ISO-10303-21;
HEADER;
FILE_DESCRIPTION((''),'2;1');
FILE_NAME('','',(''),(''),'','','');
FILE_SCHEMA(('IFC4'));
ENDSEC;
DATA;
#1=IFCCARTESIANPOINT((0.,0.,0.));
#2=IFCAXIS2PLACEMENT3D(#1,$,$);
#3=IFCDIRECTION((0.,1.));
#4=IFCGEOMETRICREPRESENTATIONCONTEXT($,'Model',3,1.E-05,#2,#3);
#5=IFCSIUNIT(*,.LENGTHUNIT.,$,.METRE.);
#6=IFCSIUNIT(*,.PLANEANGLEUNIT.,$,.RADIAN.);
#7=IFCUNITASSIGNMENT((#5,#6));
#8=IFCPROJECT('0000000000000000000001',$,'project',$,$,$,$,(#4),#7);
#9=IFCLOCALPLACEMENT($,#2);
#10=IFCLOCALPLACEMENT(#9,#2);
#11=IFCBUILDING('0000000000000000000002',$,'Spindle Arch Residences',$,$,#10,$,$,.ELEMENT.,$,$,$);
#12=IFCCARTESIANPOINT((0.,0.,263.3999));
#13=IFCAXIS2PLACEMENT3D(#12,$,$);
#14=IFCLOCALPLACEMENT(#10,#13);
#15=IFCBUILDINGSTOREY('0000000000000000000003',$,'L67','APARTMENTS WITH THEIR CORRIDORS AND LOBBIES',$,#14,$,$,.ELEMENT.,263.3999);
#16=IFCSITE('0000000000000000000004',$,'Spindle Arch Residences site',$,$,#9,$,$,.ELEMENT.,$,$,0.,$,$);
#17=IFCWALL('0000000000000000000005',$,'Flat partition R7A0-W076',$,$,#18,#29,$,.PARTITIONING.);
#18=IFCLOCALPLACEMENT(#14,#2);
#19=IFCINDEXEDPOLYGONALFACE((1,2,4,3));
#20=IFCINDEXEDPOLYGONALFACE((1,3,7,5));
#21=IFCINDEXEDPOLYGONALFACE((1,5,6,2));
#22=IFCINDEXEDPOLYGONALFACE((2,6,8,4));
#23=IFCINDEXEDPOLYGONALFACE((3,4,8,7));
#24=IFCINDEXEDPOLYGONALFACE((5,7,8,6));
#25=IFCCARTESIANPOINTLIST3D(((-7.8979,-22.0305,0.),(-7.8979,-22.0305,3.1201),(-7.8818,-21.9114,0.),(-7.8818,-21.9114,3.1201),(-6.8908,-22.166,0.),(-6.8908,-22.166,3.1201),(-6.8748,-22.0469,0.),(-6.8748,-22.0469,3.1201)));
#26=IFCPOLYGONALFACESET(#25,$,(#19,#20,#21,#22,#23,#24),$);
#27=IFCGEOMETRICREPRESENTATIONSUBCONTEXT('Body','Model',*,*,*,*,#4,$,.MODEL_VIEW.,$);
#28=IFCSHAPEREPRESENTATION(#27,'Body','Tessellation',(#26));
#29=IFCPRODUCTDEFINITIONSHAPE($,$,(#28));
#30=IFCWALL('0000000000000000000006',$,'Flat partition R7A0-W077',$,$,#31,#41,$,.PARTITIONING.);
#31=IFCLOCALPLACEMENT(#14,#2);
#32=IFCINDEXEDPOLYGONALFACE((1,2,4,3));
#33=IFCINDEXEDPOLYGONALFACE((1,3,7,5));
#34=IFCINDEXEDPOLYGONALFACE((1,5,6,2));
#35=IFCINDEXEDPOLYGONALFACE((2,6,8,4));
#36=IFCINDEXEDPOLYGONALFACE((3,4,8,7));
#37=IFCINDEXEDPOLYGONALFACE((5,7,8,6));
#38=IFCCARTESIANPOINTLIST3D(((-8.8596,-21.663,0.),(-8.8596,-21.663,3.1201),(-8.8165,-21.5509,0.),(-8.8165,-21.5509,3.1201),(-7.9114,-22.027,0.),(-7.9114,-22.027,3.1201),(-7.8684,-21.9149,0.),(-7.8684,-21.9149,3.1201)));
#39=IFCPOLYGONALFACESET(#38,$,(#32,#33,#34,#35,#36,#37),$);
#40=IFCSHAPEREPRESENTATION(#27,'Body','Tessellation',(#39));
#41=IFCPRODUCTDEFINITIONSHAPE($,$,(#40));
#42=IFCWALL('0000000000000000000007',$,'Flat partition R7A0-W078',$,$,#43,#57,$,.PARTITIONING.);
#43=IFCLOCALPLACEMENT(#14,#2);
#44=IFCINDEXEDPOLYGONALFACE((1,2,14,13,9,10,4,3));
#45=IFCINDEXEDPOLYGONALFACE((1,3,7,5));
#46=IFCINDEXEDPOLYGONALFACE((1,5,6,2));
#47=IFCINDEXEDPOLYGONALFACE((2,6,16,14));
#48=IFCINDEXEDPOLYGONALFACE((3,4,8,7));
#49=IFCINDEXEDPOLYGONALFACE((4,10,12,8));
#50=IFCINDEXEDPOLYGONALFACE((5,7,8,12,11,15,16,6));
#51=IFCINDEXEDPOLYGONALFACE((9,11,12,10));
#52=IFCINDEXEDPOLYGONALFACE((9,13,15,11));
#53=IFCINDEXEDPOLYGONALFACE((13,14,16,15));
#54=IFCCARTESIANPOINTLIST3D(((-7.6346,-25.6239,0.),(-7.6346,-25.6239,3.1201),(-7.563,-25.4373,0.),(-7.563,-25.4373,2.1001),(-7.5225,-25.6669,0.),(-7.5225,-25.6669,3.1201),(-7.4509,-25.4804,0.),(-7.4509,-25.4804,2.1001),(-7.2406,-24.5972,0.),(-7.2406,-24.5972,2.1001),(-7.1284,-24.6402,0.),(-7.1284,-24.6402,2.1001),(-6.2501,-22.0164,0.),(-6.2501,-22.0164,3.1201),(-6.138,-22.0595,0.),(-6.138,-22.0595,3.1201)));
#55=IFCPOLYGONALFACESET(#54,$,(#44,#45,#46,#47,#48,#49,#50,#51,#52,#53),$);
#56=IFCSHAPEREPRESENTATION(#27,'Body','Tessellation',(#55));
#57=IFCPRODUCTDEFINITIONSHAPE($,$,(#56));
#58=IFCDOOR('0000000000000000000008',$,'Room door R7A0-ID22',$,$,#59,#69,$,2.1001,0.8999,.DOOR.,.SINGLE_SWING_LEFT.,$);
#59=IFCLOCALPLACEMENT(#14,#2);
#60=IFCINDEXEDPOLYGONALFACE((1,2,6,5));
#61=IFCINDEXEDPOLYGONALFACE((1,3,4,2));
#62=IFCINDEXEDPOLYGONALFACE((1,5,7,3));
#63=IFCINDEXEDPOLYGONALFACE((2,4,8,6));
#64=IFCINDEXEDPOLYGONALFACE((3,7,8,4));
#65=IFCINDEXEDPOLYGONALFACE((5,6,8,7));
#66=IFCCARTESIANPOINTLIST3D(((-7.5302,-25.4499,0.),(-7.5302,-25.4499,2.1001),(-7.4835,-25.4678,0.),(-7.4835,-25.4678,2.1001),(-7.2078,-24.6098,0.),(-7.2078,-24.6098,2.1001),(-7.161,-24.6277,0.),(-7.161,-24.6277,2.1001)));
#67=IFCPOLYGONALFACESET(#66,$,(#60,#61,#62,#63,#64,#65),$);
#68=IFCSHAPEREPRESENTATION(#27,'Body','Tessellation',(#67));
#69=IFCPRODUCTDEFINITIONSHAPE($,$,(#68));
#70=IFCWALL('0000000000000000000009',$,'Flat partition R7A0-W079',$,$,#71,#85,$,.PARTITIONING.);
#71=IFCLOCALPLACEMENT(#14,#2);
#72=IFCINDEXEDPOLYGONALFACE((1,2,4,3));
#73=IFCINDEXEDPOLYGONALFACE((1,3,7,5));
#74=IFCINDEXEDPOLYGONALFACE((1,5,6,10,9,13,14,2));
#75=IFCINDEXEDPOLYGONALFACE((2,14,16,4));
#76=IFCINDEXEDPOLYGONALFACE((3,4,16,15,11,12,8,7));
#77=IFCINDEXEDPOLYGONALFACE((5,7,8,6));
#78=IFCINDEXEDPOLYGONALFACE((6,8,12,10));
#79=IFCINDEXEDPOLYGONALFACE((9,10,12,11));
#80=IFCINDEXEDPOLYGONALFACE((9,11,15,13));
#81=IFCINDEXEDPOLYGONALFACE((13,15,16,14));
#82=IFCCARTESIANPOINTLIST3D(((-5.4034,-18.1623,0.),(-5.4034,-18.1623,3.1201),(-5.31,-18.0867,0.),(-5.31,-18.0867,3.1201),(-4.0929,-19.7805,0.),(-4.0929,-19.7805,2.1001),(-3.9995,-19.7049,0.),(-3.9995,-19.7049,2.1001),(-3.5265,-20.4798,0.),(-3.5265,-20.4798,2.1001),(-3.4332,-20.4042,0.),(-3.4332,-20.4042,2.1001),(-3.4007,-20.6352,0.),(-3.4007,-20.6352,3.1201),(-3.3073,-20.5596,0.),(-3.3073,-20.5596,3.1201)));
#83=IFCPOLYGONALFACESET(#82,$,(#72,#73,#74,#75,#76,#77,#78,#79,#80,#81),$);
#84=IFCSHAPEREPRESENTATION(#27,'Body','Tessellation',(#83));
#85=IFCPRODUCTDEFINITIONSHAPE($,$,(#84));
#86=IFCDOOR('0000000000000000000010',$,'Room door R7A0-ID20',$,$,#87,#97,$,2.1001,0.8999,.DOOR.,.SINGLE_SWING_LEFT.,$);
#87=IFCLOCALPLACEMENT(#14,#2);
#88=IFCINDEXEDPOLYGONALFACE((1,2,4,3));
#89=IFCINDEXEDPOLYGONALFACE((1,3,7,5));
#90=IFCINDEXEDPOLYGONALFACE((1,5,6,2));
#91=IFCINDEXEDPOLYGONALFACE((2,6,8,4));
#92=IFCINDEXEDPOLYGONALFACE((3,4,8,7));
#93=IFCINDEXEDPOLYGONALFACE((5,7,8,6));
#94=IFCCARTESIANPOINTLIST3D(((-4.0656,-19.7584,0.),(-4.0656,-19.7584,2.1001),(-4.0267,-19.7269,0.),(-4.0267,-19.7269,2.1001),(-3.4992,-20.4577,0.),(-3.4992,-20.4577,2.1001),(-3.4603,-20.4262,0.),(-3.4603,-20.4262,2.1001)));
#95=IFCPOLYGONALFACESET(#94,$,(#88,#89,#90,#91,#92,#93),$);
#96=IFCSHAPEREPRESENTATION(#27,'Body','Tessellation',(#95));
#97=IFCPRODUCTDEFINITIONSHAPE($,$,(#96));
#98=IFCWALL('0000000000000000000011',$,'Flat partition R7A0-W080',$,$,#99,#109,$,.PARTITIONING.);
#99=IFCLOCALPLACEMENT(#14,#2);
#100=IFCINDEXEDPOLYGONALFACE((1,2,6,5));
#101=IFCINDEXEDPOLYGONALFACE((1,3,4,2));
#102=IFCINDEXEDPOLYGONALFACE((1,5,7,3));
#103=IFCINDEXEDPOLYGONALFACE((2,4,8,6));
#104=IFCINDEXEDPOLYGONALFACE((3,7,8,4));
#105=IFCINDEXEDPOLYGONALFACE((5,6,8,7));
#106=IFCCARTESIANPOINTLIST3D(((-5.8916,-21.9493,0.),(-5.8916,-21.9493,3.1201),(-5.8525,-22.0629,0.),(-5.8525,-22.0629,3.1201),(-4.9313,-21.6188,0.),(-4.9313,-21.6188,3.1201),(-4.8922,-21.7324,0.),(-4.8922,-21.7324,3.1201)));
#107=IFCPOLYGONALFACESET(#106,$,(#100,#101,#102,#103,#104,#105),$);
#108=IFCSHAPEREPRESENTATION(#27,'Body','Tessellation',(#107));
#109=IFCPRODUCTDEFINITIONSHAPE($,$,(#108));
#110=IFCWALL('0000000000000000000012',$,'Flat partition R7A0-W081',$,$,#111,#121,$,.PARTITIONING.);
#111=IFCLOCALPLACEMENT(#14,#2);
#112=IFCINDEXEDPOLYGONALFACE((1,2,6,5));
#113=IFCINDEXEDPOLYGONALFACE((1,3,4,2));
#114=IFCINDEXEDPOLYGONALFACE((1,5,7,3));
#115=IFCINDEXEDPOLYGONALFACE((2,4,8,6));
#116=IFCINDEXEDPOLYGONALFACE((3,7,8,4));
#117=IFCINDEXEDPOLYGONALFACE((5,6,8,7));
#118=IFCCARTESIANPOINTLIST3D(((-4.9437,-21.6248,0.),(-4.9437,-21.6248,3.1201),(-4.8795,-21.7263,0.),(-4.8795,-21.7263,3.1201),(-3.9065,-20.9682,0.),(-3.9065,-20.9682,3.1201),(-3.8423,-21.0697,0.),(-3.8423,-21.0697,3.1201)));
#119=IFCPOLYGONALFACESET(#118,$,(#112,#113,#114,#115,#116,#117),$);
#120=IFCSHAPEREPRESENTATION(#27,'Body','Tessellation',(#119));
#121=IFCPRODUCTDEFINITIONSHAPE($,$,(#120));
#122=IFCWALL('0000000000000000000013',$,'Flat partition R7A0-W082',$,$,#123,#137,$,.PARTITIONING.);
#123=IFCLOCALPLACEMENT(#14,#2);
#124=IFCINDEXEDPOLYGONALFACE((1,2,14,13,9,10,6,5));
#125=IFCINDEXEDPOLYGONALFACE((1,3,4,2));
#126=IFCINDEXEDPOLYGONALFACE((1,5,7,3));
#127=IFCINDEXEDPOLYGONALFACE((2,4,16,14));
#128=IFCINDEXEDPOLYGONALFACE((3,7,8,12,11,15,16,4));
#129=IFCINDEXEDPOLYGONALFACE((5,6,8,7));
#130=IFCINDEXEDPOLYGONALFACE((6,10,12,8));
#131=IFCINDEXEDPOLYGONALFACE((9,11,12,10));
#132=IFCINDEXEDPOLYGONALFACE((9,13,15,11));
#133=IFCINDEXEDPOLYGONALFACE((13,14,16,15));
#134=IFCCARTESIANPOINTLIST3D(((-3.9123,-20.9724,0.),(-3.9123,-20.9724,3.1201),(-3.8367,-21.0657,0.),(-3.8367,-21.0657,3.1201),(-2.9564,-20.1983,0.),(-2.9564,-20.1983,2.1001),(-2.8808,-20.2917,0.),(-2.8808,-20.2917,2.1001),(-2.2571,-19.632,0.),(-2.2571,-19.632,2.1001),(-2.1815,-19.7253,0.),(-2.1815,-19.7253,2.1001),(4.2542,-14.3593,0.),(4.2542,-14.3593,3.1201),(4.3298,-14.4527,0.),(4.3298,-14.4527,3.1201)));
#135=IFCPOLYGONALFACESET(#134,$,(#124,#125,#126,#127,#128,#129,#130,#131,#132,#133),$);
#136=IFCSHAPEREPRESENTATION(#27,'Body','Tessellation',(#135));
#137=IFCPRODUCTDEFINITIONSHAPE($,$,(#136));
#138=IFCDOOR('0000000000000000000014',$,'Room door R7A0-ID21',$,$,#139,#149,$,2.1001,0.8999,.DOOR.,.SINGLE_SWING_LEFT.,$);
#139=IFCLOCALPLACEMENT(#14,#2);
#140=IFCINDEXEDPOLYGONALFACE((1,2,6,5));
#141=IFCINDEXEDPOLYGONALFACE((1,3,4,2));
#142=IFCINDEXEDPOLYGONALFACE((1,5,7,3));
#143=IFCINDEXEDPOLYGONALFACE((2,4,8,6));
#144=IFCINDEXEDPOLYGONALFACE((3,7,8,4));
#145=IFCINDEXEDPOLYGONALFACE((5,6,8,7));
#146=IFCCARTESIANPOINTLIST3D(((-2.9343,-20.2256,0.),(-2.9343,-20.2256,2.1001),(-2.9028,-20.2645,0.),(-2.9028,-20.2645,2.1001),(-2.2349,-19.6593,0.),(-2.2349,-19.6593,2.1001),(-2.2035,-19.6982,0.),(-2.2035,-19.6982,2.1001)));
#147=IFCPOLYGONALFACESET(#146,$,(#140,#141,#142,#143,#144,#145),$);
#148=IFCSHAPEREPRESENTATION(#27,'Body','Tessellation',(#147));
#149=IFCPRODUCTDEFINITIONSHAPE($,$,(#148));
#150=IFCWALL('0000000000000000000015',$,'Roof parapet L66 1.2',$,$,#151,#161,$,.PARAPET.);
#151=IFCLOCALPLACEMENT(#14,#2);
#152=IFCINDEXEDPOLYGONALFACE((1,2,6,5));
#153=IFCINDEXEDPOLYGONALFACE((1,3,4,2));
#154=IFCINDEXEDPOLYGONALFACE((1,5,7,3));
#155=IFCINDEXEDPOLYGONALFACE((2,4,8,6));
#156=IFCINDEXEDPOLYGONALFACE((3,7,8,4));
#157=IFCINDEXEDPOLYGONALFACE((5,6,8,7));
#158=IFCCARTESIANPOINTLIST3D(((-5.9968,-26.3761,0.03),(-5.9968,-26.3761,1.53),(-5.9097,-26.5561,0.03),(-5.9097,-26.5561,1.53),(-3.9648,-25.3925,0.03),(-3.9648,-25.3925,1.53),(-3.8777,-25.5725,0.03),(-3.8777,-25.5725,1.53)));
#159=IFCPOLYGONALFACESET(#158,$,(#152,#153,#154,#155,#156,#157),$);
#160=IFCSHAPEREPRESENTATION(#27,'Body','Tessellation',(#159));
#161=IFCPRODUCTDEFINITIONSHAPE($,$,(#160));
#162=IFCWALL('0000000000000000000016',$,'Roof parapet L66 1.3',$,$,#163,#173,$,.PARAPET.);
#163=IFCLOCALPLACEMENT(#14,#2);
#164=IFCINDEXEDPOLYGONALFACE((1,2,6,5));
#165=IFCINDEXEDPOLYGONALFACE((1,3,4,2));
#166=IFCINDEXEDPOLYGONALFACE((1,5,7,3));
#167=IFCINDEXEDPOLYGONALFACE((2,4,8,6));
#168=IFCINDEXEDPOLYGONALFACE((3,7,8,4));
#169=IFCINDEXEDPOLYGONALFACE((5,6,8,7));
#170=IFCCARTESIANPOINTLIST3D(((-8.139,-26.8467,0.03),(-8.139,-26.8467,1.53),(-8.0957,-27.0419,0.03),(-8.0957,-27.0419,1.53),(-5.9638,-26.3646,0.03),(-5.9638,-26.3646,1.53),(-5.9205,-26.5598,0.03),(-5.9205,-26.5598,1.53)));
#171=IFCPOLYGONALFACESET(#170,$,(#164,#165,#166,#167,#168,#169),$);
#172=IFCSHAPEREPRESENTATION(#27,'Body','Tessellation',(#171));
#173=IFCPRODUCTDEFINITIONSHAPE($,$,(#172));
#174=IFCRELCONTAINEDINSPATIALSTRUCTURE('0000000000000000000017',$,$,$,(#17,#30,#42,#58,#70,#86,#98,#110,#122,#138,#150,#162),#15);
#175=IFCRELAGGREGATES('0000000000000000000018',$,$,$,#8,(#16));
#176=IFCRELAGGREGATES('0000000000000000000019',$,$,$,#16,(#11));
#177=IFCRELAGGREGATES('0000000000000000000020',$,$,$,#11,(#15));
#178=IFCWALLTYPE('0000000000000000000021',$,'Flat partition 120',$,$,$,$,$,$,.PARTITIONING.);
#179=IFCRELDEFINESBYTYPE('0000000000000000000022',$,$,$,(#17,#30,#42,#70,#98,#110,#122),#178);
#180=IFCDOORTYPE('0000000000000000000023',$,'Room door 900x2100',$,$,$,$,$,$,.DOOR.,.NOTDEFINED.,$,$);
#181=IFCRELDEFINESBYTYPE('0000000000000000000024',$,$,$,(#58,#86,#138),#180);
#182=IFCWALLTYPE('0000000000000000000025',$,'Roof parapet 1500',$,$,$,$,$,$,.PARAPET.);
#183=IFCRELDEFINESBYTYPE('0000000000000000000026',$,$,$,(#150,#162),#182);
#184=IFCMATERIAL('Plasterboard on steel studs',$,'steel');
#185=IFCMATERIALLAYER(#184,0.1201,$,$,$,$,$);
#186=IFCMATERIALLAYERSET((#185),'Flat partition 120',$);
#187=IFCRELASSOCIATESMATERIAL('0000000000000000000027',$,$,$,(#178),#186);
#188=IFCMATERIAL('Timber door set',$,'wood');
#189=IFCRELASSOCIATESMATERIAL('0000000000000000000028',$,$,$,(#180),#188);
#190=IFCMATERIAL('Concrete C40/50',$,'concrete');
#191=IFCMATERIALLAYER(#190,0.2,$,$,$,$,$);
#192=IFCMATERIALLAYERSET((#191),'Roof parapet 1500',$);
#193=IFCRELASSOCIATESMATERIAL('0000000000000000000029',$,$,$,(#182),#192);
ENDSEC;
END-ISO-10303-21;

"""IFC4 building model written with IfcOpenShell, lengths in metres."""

from ifc_helpers import new_model, si_unit, direction, frame, frame_2d, origin, place, context, subcontext, project, spatial, rectangle, extrude, material, layer, layer_set, type_object, element, fill, save


model = new_model("IFC4")

# Units and contexts
model_context = context("Model", 3, precision=1e-05, world=origin(), true_north=direction((0.0, 1.0)))
body_context = subcontext(model_context, "Body", "Model", "MODEL_VIEW")
ifc_project = project(units=[si_unit("LENGTHUNIT", "METRE"), si_unit("PLANEANGLEUNIT", "RADIAN")], contexts=[model_context])

# Site, building, storey
site_placement = place(None, origin())
site = spatial("IfcSite", under=ifc_project, at=site_placement, Name="Spindle Arch Residences site", CompositionType="ELEMENT", RefElevation=0.0)
building_placement = place(site_placement, origin())
building = spatial("IfcBuilding", under=site, at=building_placement, Name="Spindle Arch Residences", CompositionType="ELEMENT")
storey_placement = place(building_placement, frame((0.0, 0.0, 263.3999)))
storey = spatial("IfcBuildingStorey", under=building, at=storey_placement, Name="L67", Description="APARTMENTS WITH THEIR CORRIDORS AND LOBBIES", CompositionType="ELEMENT", Elevation=263.3999)

# Walls
ifc_material_1 = material(Name="Plasterboard on steel studs", Category="steel")
ifc_layer_1 = layer(ifc_material_1, 0.1201)
ifc_layer_set_1 = layer_set([ifc_layer_1], Name="Flat partition 120")
wall_type_1 = type_object("IfcWallType", Name="Flat partition 120", PredefinedType="PARTITIONING", material=ifc_layer_set_1)
wall_1_placement = place(storey_placement, frame((-6.8828, -22.1064, 0.0), z_axis=(0.0, 0.0, 1.0), x_axis=(-0.99107, 0.133344, 0.0)))
element("IfcWall", 1, at=wall_1_placement, inside=storey, type_object=wall_type_1, Name="Flat partition R7A0-W076", PredefinedType="PARTITIONING", context=body_context, shape_type="SweptSolid", body=[
    extrude(rectangle(XDim=1.0161, YDim=0.1201, at=frame_2d((0.5081, 0.0))), origin(), (0.0, 0.0, 1.0), 3.1201),
])
wall_2_placement = place(storey_placement, frame((-7.8899, -21.9709, 0.0), z_axis=(0.0, 0.0, 1.0), x_axis=(-0.933575, 0.358383, 0.0)))
element("IfcWall", 2, at=wall_2_placement, inside=storey, type_object=wall_type_1, Name="Flat partition R7A0-W077", PredefinedType="PARTITIONING", context=body_context, shape_type="SweptSolid", body=[
    extrude(rectangle(XDim=1.0156, YDim=0.1201, at=frame_2d((0.5078, 0.0))), origin(), (0.0, 0.0, 1.0), 3.1201),
])

# Walls, openings, doors
wall_3_placement = place(storey_placement, frame((-7.5786, -25.6455, 0.0), z_axis=(0.0, 0.0, 1.0), x_axis=(0.358314, 0.933601, 0.0)))
wall_3 = element("IfcWall", 3, at=wall_3_placement, inside=storey, type_object=wall_type_1, Name="Flat partition R7A0-W078", PredefinedType="PARTITIONING", context=body_context, shape_type="SweptSolid", body=[
    extrude(rectangle(XDim=3.864, YDim=0.1201, at=frame_2d((1.9321, 0.0))), origin(), (0.0, 0.0, 1.0), 3.1201),
])
opening_1_placement = place(wall_3_placement, frame((0.2, 0.0, 0.0)))
opening_1 = element("IfcOpeningElement", 4, at=opening_1_placement, cuts=wall_3, PredefinedType="OPENING", context=body_context, shape_type="SweptSolid", body=[
    extrude(rectangle(XDim=0.8999, YDim=2.1001, at=frame_2d((0.45, 1.05))), frame((0.0, 0.0701, 0.0), z_axis=(0.0, -1.0, 0.0), x_axis=(1.0, 0.0, 0.0)), (0.0, 0.0, 1.0), 0.1401),
])
ifc_material_2 = material(Name="Timber door set", Category="wood")
door_type = type_object("IfcDoorType", Name="Room door 900x2100", OperationType="NOTDEFINED", PredefinedType="DOOR", material=ifc_material_2)
door_1_placement = place(opening_1_placement, origin())
door_1 = element("IfcDoor", 5, at=door_1_placement, inside=storey, type_object=door_type, Name="Room door R7A0-ID22", OperationType="SINGLE_SWING_LEFT", OverallHeight=2.1001, OverallWidth=0.8999, PredefinedType="DOOR", context=body_context, shape_type="SweptSolid", body=[
    extrude(rectangle(XDim=0.8999, YDim=2.1001, at=frame_2d((0.45, 1.05))), frame((0.0, 0.0249, 0.0), z_axis=(0.0, -1.0, 0.0), x_axis=(1.0, 0.0, 0.0)), (0.0, 0.0, 1.0), 0.05),
])
fill(opening_1, door_1)
wall_4_placement = place(storey_placement, frame((-3.354, -20.5974, 0.0), z_axis=(0.0, 0.0, 1.0), x_axis=(-0.629353, 0.77712, 0.0)))
wall_4 = element("IfcWall", 6, at=wall_4_placement, inside=storey, type_object=wall_type_1, Name="Flat partition R7A0-W079", PredefinedType="PARTITIONING", context=body_context, shape_type="SweptSolid", body=[
    extrude(rectangle(XDim=3.1821, YDim=0.1201, at=frame_2d((1.5911, 0.0))), origin(), (0.0, 0.0, 1.0), 3.1201),
])
opening_2_placement = place(wall_4_placement, frame((0.2, 0.0, 0.0)))
opening_2 = element("IfcOpeningElement", 7, at=opening_2_placement, cuts=wall_4, PredefinedType="OPENING", context=body_context, shape_type="SweptSolid", body=[
    extrude(rectangle(XDim=0.8999, YDim=2.1001, at=frame_2d((0.45, 1.05))), frame((0.0, 0.0701, 0.0), z_axis=(0.0, -1.0, 0.0), x_axis=(1.0, 0.0, 0.0)), (0.0, 0.0, 1.0), 0.1401),
])
door_2_placement = place(opening_2_placement, origin())
door_2 = element("IfcDoor", 8, at=door_2_placement, inside=storey, type_object=door_type, Name="Room door R7A0-ID20", OperationType="SINGLE_SWING_LEFT", OverallHeight=2.1001, OverallWidth=0.8999, PredefinedType="DOOR", context=body_context, shape_type="SweptSolid", body=[
    extrude(rectangle(XDim=0.8999, YDim=2.1001, at=frame_2d((0.45, 1.05))), frame((0.0, 0.0249, 0.0), z_axis=(0.0, -1.0, 0.0), x_axis=(1.0, 0.0, 0.0)), (0.0, 0.0, 1.0), 0.05),
])
fill(opening_2, door_2)

# Walls
wall_5_placement = place(storey_placement, frame((-5.8721, -22.0061, 0.0), z_axis=(0.0, 0.0, 1.0), x_axis=(0.945562, 0.325442, 0.0)))
element("IfcWall", 9, at=wall_5_placement, inside=storey, type_object=wall_type_1, Name="Flat partition R7A0-W080", PredefinedType="PARTITIONING", context=body_context, shape_type="SweptSolid", body=[
    extrude(rectangle(XDim=1.0156, YDim=0.1201, at=frame_2d((0.5078, 0.0))), origin(), (0.0, 0.0, 1.0), 3.1201),
])
wall_6_placement = place(storey_placement, frame((-4.9116, -21.6755, 0.0), z_axis=(0.0, 0.0, 1.0), x_axis=(0.844945, 0.534853, 0.0)))
element("IfcWall", 10, at=wall_6_placement, inside=storey, type_object=wall_type_1, Name="Flat partition R7A0-W081", PredefinedType="PARTITIONING", context=body_context, shape_type="SweptSolid", body=[
    extrude(rectangle(XDim=1.2275, YDim=0.1201, at=frame_2d((0.6138, 0.0))), origin(), (0.0, 0.0, 1.0), 3.1201),
])

# Wall, opening, door
wall_7_placement = place(storey_placement, frame((-3.8745, -21.019, 0.0), z_axis=(0.0, 0.0, 1.0), x_axis=(0.777149, 0.629317, 0.0)))
wall_7 = element("IfcWall", 11, at=wall_7_placement, inside=storey, type_object=wall_type_1, Name="Flat partition R7A0-W082", PredefinedType="PARTITIONING", context=body_context, shape_type="SweptSolid", body=[
    extrude(rectangle(XDim=10.5083, YDim=0.1201, at=frame_2d((5.2542, 0.0))), origin(), (0.0, 0.0, 1.0), 3.1201),
])
opening_3_placement = place(wall_7_placement, frame((1.23, 0.0, 0.0)))
opening_3 = element("IfcOpeningElement", 12, at=opening_3_placement, cuts=wall_7, PredefinedType="OPENING", context=body_context, shape_type="SweptSolid", body=[
    extrude(rectangle(XDim=0.8999, YDim=2.1001, at=frame_2d((0.45, 1.05))), frame((0.0, 0.0701, 0.0), z_axis=(0.0, -1.0, 0.0), x_axis=(1.0, 0.0, 0.0)), (0.0, 0.0, 1.0), 0.1401),
])
door_3_placement = place(opening_3_placement, origin())
door_3 = element("IfcDoor", 13, at=door_3_placement, inside=storey, type_object=door_type, Name="Room door R7A0-ID21", OperationType="SINGLE_SWING_LEFT", OverallHeight=2.1001, OverallWidth=0.8999, PredefinedType="DOOR", context=body_context, shape_type="SweptSolid", body=[
    extrude(rectangle(XDim=0.8999, YDim=2.1001, at=frame_2d((0.45, 1.05))), frame((0.0, 0.0249, 0.0), z_axis=(0.0, -1.0, 0.0), x_axis=(1.0, 0.0, 0.0)), (0.0, 0.0, 1.0), 0.05),
])
fill(opening_3, door_3)

# Walls
ifc_material_3 = material(Name="Concrete C40/50", Category="concrete")
ifc_layer_2 = layer(ifc_material_3, 0.2)
ifc_layer_set_2 = layer_set([ifc_layer_2], Name="Roof parapet 1500")
wall_type_2 = type_object("IfcWallType", Name="Roof parapet 1500", PredefinedType="PARAPET", material=ifc_layer_set_2)
wall_8_placement = place(storey_placement, frame((-3.9211, -25.4824, 0.03), z_axis=(0.0, 0.0, 1.0), x_axis=(-0.900085, -0.435714, 0.0)))
element("IfcWall", 14, at=wall_8_placement, inside=storey, type_object=wall_type_2, Name="Roof parapet L66 1.2", PredefinedType="PARAPET", context=body_context, shape_type="SweptSolid", body=[
    extrude(rectangle(XDim=2.2576, YDim=0.2, at=frame_2d((1.1289, 0.0))), origin(), (0.0, 0.0, 1.0), 1.5),
])
wall_9_placement = place(storey_placement, frame((-5.9421, -26.4622, 0.03), z_axis=(0.0, 0.0, 1.0), x_axis=(-0.976303, -0.216408, 0.0)))
element("IfcWall", 15, at=wall_9_placement, inside=storey, type_object=wall_type_2, Name="Roof parapet L66 1.3", PredefinedType="PARAPET", context=body_context, shape_type="SweptSolid", body=[
    extrude(rectangle(XDim=2.228, YDim=0.2, at=frame_2d((1.114, 0.0))), origin(), (0.0, 0.0, 1.0), 1.5),
])

save(model, "model.ifc")
